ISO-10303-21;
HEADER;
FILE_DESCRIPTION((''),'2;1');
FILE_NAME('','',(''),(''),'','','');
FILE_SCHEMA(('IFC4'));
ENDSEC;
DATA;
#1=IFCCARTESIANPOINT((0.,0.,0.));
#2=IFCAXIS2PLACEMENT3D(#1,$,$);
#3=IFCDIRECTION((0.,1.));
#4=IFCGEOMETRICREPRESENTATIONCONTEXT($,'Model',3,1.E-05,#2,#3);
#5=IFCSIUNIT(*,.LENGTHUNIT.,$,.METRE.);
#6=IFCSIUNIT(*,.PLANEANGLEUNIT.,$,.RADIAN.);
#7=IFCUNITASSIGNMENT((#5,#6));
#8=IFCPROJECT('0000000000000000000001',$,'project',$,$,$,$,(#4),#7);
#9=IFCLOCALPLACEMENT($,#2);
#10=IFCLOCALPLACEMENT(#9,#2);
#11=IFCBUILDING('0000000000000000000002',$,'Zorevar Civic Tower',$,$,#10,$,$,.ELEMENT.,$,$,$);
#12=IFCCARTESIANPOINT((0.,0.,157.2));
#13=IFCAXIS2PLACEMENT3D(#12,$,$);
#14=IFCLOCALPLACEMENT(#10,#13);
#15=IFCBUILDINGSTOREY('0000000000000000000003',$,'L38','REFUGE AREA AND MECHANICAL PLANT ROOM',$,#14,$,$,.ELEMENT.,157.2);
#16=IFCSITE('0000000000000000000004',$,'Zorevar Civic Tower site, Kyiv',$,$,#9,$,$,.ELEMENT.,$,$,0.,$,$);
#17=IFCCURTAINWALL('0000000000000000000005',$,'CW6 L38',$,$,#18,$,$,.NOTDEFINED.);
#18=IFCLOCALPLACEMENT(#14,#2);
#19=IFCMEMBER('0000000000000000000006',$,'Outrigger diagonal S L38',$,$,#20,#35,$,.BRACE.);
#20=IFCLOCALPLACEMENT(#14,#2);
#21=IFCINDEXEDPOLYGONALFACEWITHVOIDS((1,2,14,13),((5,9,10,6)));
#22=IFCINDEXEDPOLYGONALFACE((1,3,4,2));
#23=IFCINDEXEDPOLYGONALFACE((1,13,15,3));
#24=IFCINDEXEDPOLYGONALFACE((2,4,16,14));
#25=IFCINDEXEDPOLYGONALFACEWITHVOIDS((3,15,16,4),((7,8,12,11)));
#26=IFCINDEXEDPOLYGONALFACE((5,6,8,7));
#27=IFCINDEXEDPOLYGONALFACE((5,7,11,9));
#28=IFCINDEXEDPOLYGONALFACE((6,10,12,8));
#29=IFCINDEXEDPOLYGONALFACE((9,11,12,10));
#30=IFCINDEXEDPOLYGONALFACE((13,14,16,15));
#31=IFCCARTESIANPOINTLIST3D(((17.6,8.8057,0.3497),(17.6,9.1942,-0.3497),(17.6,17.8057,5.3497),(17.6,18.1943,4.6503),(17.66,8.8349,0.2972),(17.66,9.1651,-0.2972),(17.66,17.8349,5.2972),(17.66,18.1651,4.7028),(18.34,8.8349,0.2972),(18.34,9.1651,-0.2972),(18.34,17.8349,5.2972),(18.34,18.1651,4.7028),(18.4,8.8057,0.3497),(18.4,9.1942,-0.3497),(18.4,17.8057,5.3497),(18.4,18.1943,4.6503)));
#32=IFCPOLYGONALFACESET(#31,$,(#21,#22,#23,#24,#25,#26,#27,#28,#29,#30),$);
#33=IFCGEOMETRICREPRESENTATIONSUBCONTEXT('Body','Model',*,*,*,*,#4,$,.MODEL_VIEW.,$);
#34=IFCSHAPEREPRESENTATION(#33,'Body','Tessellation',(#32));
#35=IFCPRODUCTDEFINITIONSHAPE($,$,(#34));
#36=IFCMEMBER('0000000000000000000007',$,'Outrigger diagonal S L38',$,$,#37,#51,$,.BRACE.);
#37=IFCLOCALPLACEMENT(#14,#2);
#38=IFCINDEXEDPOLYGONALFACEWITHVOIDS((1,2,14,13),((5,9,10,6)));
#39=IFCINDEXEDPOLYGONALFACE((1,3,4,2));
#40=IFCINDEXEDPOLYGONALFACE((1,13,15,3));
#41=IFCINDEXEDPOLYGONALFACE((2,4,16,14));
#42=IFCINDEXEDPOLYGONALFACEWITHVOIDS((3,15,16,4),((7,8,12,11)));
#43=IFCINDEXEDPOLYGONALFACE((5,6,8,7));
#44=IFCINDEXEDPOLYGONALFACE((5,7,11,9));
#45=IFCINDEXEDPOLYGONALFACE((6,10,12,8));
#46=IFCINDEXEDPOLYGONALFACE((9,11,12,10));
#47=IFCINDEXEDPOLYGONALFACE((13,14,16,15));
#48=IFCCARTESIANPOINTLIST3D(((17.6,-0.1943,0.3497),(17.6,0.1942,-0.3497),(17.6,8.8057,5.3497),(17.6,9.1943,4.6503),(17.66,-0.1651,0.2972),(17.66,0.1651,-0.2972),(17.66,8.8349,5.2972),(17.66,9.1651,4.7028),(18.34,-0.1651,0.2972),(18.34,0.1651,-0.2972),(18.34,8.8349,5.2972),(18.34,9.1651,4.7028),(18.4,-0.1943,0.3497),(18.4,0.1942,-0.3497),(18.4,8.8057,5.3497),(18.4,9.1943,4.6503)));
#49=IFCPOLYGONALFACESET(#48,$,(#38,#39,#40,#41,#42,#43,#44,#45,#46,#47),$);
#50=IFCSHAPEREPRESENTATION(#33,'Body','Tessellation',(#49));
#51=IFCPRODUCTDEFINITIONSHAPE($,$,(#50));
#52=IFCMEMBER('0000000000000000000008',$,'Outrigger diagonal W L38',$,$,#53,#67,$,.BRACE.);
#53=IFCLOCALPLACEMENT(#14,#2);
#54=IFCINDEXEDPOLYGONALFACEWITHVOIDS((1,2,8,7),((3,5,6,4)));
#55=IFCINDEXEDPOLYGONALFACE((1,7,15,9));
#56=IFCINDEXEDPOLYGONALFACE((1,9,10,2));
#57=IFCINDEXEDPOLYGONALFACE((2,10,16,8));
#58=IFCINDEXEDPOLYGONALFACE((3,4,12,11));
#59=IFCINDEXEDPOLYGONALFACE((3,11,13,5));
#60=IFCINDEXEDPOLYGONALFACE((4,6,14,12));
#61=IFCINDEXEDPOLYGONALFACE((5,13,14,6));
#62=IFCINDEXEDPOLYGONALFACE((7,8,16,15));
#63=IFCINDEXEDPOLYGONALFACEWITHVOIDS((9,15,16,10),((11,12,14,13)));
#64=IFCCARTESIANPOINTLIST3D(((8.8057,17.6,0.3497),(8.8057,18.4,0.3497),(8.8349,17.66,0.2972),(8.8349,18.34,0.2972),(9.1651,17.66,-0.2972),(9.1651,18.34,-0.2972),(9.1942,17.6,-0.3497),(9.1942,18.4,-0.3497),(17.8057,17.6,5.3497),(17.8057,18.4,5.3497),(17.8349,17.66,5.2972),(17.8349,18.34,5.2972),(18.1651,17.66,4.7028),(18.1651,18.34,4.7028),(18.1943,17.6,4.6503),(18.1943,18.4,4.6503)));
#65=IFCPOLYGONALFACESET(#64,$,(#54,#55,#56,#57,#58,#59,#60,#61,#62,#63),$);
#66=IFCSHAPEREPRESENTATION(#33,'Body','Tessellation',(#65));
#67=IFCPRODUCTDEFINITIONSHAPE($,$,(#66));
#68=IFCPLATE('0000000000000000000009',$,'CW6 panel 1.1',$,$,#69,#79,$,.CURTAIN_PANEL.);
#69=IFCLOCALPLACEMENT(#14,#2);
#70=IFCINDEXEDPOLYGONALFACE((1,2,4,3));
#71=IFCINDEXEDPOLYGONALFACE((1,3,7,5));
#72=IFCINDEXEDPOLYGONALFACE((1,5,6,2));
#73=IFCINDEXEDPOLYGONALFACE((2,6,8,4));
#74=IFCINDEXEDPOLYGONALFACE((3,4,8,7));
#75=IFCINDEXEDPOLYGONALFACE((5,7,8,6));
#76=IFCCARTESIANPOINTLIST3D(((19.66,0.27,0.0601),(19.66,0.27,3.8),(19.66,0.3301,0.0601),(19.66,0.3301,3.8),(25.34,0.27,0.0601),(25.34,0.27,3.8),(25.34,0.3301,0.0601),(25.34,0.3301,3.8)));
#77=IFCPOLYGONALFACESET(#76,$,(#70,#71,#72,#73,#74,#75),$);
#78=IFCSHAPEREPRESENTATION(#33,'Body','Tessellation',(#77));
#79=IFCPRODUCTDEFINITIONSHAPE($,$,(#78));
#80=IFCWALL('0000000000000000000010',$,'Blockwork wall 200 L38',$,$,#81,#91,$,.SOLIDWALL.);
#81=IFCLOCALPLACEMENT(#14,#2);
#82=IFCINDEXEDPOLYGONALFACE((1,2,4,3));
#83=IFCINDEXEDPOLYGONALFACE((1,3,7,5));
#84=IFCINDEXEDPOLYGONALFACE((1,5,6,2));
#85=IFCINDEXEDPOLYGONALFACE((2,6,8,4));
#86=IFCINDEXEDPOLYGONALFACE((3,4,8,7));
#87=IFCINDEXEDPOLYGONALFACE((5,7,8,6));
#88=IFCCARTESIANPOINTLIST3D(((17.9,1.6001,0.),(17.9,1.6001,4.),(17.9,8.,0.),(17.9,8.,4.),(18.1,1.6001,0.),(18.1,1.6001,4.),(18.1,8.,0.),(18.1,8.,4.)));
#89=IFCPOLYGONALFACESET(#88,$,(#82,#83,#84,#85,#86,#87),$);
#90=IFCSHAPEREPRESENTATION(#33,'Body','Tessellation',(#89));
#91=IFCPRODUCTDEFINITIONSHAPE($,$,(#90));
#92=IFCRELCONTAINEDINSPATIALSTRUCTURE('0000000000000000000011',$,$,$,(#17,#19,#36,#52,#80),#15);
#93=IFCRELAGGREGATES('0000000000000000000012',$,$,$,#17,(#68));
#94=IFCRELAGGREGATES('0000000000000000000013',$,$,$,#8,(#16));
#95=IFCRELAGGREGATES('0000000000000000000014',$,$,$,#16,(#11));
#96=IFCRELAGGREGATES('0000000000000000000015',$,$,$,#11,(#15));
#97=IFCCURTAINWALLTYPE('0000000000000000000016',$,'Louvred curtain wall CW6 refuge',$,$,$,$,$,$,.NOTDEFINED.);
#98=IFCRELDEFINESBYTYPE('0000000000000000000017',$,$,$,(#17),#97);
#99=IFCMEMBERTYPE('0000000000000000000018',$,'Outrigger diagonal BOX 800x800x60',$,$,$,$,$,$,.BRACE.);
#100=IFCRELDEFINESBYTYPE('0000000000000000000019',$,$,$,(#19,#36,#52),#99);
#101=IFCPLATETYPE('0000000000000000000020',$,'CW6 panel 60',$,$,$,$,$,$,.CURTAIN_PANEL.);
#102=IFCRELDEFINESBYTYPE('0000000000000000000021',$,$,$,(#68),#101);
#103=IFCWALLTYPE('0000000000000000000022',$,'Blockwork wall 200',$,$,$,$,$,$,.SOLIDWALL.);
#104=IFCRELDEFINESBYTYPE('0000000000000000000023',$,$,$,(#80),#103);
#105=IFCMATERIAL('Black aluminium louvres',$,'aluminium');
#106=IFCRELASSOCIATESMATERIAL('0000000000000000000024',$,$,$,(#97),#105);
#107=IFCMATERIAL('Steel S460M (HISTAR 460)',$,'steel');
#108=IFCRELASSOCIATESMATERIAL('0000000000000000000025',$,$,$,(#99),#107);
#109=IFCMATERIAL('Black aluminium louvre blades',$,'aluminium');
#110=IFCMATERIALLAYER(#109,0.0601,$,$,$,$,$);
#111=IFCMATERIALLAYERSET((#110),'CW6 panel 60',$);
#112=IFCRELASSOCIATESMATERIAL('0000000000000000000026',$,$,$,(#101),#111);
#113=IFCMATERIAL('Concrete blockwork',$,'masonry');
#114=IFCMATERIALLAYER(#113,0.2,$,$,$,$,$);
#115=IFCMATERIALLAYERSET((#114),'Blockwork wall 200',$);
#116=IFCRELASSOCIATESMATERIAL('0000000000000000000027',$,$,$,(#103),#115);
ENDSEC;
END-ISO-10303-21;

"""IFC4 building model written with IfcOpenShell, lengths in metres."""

from ifc_helpers import new_model, si_unit, direction, frame, frame_2d, origin, origin_2d, place, context, subcontext, project, spatial, rectangle, hollow_rectangle, extrude, material, layer, layer_set, material_profile, profile_set, type_object, element, aggregate, save


model = new_model("IFC4")

# Units and contexts
model_context = context("Model", 3, precision=1e-05, world=origin(), true_north=direction((0.0, 1.0)))
body_context = subcontext(model_context, "Body", "Model", "MODEL_VIEW")
ifc_project = project(units=[si_unit("LENGTHUNIT", "METRE"), si_unit("PLANEANGLEUNIT", "RADIAN")], contexts=[model_context])

# Site, building, storey
site_placement = place(None, origin())
site = spatial("IfcSite", under=ifc_project, at=site_placement, Name="Zorevar Civic Tower site, Kyiv", CompositionType="ELEMENT", RefElevation=0.0)
building_placement = place(site_placement, origin())
building = spatial("IfcBuilding", under=site, at=building_placement, Name="Zorevar Civic Tower", CompositionType="ELEMENT")
storey_placement = place(building_placement, frame((0.0, 0.0, 157.2)))
storey = spatial("IfcBuildingStorey", under=building, at=storey_placement, Name="L38", Description="REFUGE AREA AND MECHANICAL PLANT ROOM", CompositionType="ELEMENT", Elevation=157.2)

# Curtain wall
ifc_material_1 = material(Name="Black aluminium louvres", Category="aluminium")
curtain_wall_type = type_object("IfcCurtainWallType", Name="Louvred curtain wall CW6 refuge", PredefinedType="NOTDEFINED", material=ifc_material_1)
curtain_wall_placement = place(storey_placement, origin())
curtain_wall = element("IfcCurtainWall", 1, at=curtain_wall_placement, inside=storey, type_object=curtain_wall_type, Name="CW6 L38", PredefinedType="NOTDEFINED")

# Members
ifc_material_2 = material(Name="Steel S460M (HISTAR 460)", Category="steel")
ifc_material_profile_1 = material_profile(ifc_material_2, hollow_rectangle(XDim=0.8, YDim=0.8, WallThickness=0.0601, at=origin_2d()), Name="BOX 800x800x60")
ifc_profile_set_1 = profile_set([ifc_material_profile_1], Name="Steel S460M (HISTAR 460)")
member_type_1 = type_object("IfcMemberType", Name="Outrigger diagonal BOX 800x800x60", PredefinedType="BRACE", material=ifc_profile_set_1)
for number, where, z_axis, x_axis, name in (
    (2, (18.0, 18.0, 5.0), (0.0, -0.874157, -0.485643), (1.0, 0.0, 0.0), "Outrigger diagonal S L38"),
    (3, (18.0, 9.0, 5.0), (0.0, -0.874157, -0.485643), (1.0, 0.0, 0.0), "Outrigger diagonal S L38"),
    (4, (18.0, 18.0, 5.0), (-0.874157, 0.0, -0.485643), (0.0, -1.0, 0.0), "Outrigger diagonal W L38"),
):
    element("IfcMember", number, at=place(storey_placement, frame(where, z_axis=z_axis, x_axis=x_axis)), inside=storey, type_object=member_type_1, Name=name, PredefinedType="BRACE", context=body_context, shape_type="SweptSolid", body=[
        extrude(hollow_rectangle(XDim=0.8, YDim=0.8, WallThickness=0.0601, at=origin_2d()), origin(), (0.0, 0.0, 1.0), 10.2957),
    ])

# Plate
ifc_material_3 = material(Name="Black aluminium louvre blades", Category="aluminium")
ifc_layer_1 = layer(ifc_material_3, 0.0601)
ifc_layer_set_1 = layer_set([ifc_layer_1], Name="CW6 panel 60")
plate_type = type_object("IfcPlateType", Name="CW6 panel 60", PredefinedType="CURTAIN_PANEL", material=ifc_layer_set_1)
plate_placement = place(storey_placement, frame((22.5, 0.3, 0.0601), z_axis=(0.0, 0.0, 1.0), x_axis=(1.0, 0.0, 0.0)))
plate = element("IfcPlate", 5, at=plate_placement, type_object=plate_type, Name="CW6 panel 1.1", PredefinedType="CURTAIN_PANEL", context=body_context, shape_type="SweptSolid", body=[
    extrude(rectangle(XDim=5.6799, YDim=0.0601, at=origin_2d()), origin(), (0.0, 0.0, 1.0), 3.74),
])
aggregate(curtain_wall, [plate])

# Wall
ifc_material_4 = material(Name="Concrete blockwork", Category="masonry")
ifc_layer_2 = layer(ifc_material_4, 0.2)
ifc_layer_set_2 = layer_set([ifc_layer_2], Name="Blockwork wall 200")
wall_type = type_object("IfcWallType", Name="Blockwork wall 200", PredefinedType="SOLIDWALL", material=ifc_layer_set_2)
wall_placement = place(storey_placement, frame((18.0, 1.6001, 0.0), z_axis=(0.0, 0.0, 1.0), x_axis=(0.0, 1.0, 0.0)))
element("IfcWall", 6, at=wall_placement, inside=storey, type_object=wall_type, Name="Blockwork wall 200 L38", PredefinedType="SOLIDWALL", context=body_context, shape_type="SweptSolid", body=[
    extrude(rectangle(XDim=6.3999, YDim=0.2, at=frame_2d((3.2, 0.0))), origin(), (0.0, 0.0, 1.0), 4.0),
])

save(model, "model.ifc")
